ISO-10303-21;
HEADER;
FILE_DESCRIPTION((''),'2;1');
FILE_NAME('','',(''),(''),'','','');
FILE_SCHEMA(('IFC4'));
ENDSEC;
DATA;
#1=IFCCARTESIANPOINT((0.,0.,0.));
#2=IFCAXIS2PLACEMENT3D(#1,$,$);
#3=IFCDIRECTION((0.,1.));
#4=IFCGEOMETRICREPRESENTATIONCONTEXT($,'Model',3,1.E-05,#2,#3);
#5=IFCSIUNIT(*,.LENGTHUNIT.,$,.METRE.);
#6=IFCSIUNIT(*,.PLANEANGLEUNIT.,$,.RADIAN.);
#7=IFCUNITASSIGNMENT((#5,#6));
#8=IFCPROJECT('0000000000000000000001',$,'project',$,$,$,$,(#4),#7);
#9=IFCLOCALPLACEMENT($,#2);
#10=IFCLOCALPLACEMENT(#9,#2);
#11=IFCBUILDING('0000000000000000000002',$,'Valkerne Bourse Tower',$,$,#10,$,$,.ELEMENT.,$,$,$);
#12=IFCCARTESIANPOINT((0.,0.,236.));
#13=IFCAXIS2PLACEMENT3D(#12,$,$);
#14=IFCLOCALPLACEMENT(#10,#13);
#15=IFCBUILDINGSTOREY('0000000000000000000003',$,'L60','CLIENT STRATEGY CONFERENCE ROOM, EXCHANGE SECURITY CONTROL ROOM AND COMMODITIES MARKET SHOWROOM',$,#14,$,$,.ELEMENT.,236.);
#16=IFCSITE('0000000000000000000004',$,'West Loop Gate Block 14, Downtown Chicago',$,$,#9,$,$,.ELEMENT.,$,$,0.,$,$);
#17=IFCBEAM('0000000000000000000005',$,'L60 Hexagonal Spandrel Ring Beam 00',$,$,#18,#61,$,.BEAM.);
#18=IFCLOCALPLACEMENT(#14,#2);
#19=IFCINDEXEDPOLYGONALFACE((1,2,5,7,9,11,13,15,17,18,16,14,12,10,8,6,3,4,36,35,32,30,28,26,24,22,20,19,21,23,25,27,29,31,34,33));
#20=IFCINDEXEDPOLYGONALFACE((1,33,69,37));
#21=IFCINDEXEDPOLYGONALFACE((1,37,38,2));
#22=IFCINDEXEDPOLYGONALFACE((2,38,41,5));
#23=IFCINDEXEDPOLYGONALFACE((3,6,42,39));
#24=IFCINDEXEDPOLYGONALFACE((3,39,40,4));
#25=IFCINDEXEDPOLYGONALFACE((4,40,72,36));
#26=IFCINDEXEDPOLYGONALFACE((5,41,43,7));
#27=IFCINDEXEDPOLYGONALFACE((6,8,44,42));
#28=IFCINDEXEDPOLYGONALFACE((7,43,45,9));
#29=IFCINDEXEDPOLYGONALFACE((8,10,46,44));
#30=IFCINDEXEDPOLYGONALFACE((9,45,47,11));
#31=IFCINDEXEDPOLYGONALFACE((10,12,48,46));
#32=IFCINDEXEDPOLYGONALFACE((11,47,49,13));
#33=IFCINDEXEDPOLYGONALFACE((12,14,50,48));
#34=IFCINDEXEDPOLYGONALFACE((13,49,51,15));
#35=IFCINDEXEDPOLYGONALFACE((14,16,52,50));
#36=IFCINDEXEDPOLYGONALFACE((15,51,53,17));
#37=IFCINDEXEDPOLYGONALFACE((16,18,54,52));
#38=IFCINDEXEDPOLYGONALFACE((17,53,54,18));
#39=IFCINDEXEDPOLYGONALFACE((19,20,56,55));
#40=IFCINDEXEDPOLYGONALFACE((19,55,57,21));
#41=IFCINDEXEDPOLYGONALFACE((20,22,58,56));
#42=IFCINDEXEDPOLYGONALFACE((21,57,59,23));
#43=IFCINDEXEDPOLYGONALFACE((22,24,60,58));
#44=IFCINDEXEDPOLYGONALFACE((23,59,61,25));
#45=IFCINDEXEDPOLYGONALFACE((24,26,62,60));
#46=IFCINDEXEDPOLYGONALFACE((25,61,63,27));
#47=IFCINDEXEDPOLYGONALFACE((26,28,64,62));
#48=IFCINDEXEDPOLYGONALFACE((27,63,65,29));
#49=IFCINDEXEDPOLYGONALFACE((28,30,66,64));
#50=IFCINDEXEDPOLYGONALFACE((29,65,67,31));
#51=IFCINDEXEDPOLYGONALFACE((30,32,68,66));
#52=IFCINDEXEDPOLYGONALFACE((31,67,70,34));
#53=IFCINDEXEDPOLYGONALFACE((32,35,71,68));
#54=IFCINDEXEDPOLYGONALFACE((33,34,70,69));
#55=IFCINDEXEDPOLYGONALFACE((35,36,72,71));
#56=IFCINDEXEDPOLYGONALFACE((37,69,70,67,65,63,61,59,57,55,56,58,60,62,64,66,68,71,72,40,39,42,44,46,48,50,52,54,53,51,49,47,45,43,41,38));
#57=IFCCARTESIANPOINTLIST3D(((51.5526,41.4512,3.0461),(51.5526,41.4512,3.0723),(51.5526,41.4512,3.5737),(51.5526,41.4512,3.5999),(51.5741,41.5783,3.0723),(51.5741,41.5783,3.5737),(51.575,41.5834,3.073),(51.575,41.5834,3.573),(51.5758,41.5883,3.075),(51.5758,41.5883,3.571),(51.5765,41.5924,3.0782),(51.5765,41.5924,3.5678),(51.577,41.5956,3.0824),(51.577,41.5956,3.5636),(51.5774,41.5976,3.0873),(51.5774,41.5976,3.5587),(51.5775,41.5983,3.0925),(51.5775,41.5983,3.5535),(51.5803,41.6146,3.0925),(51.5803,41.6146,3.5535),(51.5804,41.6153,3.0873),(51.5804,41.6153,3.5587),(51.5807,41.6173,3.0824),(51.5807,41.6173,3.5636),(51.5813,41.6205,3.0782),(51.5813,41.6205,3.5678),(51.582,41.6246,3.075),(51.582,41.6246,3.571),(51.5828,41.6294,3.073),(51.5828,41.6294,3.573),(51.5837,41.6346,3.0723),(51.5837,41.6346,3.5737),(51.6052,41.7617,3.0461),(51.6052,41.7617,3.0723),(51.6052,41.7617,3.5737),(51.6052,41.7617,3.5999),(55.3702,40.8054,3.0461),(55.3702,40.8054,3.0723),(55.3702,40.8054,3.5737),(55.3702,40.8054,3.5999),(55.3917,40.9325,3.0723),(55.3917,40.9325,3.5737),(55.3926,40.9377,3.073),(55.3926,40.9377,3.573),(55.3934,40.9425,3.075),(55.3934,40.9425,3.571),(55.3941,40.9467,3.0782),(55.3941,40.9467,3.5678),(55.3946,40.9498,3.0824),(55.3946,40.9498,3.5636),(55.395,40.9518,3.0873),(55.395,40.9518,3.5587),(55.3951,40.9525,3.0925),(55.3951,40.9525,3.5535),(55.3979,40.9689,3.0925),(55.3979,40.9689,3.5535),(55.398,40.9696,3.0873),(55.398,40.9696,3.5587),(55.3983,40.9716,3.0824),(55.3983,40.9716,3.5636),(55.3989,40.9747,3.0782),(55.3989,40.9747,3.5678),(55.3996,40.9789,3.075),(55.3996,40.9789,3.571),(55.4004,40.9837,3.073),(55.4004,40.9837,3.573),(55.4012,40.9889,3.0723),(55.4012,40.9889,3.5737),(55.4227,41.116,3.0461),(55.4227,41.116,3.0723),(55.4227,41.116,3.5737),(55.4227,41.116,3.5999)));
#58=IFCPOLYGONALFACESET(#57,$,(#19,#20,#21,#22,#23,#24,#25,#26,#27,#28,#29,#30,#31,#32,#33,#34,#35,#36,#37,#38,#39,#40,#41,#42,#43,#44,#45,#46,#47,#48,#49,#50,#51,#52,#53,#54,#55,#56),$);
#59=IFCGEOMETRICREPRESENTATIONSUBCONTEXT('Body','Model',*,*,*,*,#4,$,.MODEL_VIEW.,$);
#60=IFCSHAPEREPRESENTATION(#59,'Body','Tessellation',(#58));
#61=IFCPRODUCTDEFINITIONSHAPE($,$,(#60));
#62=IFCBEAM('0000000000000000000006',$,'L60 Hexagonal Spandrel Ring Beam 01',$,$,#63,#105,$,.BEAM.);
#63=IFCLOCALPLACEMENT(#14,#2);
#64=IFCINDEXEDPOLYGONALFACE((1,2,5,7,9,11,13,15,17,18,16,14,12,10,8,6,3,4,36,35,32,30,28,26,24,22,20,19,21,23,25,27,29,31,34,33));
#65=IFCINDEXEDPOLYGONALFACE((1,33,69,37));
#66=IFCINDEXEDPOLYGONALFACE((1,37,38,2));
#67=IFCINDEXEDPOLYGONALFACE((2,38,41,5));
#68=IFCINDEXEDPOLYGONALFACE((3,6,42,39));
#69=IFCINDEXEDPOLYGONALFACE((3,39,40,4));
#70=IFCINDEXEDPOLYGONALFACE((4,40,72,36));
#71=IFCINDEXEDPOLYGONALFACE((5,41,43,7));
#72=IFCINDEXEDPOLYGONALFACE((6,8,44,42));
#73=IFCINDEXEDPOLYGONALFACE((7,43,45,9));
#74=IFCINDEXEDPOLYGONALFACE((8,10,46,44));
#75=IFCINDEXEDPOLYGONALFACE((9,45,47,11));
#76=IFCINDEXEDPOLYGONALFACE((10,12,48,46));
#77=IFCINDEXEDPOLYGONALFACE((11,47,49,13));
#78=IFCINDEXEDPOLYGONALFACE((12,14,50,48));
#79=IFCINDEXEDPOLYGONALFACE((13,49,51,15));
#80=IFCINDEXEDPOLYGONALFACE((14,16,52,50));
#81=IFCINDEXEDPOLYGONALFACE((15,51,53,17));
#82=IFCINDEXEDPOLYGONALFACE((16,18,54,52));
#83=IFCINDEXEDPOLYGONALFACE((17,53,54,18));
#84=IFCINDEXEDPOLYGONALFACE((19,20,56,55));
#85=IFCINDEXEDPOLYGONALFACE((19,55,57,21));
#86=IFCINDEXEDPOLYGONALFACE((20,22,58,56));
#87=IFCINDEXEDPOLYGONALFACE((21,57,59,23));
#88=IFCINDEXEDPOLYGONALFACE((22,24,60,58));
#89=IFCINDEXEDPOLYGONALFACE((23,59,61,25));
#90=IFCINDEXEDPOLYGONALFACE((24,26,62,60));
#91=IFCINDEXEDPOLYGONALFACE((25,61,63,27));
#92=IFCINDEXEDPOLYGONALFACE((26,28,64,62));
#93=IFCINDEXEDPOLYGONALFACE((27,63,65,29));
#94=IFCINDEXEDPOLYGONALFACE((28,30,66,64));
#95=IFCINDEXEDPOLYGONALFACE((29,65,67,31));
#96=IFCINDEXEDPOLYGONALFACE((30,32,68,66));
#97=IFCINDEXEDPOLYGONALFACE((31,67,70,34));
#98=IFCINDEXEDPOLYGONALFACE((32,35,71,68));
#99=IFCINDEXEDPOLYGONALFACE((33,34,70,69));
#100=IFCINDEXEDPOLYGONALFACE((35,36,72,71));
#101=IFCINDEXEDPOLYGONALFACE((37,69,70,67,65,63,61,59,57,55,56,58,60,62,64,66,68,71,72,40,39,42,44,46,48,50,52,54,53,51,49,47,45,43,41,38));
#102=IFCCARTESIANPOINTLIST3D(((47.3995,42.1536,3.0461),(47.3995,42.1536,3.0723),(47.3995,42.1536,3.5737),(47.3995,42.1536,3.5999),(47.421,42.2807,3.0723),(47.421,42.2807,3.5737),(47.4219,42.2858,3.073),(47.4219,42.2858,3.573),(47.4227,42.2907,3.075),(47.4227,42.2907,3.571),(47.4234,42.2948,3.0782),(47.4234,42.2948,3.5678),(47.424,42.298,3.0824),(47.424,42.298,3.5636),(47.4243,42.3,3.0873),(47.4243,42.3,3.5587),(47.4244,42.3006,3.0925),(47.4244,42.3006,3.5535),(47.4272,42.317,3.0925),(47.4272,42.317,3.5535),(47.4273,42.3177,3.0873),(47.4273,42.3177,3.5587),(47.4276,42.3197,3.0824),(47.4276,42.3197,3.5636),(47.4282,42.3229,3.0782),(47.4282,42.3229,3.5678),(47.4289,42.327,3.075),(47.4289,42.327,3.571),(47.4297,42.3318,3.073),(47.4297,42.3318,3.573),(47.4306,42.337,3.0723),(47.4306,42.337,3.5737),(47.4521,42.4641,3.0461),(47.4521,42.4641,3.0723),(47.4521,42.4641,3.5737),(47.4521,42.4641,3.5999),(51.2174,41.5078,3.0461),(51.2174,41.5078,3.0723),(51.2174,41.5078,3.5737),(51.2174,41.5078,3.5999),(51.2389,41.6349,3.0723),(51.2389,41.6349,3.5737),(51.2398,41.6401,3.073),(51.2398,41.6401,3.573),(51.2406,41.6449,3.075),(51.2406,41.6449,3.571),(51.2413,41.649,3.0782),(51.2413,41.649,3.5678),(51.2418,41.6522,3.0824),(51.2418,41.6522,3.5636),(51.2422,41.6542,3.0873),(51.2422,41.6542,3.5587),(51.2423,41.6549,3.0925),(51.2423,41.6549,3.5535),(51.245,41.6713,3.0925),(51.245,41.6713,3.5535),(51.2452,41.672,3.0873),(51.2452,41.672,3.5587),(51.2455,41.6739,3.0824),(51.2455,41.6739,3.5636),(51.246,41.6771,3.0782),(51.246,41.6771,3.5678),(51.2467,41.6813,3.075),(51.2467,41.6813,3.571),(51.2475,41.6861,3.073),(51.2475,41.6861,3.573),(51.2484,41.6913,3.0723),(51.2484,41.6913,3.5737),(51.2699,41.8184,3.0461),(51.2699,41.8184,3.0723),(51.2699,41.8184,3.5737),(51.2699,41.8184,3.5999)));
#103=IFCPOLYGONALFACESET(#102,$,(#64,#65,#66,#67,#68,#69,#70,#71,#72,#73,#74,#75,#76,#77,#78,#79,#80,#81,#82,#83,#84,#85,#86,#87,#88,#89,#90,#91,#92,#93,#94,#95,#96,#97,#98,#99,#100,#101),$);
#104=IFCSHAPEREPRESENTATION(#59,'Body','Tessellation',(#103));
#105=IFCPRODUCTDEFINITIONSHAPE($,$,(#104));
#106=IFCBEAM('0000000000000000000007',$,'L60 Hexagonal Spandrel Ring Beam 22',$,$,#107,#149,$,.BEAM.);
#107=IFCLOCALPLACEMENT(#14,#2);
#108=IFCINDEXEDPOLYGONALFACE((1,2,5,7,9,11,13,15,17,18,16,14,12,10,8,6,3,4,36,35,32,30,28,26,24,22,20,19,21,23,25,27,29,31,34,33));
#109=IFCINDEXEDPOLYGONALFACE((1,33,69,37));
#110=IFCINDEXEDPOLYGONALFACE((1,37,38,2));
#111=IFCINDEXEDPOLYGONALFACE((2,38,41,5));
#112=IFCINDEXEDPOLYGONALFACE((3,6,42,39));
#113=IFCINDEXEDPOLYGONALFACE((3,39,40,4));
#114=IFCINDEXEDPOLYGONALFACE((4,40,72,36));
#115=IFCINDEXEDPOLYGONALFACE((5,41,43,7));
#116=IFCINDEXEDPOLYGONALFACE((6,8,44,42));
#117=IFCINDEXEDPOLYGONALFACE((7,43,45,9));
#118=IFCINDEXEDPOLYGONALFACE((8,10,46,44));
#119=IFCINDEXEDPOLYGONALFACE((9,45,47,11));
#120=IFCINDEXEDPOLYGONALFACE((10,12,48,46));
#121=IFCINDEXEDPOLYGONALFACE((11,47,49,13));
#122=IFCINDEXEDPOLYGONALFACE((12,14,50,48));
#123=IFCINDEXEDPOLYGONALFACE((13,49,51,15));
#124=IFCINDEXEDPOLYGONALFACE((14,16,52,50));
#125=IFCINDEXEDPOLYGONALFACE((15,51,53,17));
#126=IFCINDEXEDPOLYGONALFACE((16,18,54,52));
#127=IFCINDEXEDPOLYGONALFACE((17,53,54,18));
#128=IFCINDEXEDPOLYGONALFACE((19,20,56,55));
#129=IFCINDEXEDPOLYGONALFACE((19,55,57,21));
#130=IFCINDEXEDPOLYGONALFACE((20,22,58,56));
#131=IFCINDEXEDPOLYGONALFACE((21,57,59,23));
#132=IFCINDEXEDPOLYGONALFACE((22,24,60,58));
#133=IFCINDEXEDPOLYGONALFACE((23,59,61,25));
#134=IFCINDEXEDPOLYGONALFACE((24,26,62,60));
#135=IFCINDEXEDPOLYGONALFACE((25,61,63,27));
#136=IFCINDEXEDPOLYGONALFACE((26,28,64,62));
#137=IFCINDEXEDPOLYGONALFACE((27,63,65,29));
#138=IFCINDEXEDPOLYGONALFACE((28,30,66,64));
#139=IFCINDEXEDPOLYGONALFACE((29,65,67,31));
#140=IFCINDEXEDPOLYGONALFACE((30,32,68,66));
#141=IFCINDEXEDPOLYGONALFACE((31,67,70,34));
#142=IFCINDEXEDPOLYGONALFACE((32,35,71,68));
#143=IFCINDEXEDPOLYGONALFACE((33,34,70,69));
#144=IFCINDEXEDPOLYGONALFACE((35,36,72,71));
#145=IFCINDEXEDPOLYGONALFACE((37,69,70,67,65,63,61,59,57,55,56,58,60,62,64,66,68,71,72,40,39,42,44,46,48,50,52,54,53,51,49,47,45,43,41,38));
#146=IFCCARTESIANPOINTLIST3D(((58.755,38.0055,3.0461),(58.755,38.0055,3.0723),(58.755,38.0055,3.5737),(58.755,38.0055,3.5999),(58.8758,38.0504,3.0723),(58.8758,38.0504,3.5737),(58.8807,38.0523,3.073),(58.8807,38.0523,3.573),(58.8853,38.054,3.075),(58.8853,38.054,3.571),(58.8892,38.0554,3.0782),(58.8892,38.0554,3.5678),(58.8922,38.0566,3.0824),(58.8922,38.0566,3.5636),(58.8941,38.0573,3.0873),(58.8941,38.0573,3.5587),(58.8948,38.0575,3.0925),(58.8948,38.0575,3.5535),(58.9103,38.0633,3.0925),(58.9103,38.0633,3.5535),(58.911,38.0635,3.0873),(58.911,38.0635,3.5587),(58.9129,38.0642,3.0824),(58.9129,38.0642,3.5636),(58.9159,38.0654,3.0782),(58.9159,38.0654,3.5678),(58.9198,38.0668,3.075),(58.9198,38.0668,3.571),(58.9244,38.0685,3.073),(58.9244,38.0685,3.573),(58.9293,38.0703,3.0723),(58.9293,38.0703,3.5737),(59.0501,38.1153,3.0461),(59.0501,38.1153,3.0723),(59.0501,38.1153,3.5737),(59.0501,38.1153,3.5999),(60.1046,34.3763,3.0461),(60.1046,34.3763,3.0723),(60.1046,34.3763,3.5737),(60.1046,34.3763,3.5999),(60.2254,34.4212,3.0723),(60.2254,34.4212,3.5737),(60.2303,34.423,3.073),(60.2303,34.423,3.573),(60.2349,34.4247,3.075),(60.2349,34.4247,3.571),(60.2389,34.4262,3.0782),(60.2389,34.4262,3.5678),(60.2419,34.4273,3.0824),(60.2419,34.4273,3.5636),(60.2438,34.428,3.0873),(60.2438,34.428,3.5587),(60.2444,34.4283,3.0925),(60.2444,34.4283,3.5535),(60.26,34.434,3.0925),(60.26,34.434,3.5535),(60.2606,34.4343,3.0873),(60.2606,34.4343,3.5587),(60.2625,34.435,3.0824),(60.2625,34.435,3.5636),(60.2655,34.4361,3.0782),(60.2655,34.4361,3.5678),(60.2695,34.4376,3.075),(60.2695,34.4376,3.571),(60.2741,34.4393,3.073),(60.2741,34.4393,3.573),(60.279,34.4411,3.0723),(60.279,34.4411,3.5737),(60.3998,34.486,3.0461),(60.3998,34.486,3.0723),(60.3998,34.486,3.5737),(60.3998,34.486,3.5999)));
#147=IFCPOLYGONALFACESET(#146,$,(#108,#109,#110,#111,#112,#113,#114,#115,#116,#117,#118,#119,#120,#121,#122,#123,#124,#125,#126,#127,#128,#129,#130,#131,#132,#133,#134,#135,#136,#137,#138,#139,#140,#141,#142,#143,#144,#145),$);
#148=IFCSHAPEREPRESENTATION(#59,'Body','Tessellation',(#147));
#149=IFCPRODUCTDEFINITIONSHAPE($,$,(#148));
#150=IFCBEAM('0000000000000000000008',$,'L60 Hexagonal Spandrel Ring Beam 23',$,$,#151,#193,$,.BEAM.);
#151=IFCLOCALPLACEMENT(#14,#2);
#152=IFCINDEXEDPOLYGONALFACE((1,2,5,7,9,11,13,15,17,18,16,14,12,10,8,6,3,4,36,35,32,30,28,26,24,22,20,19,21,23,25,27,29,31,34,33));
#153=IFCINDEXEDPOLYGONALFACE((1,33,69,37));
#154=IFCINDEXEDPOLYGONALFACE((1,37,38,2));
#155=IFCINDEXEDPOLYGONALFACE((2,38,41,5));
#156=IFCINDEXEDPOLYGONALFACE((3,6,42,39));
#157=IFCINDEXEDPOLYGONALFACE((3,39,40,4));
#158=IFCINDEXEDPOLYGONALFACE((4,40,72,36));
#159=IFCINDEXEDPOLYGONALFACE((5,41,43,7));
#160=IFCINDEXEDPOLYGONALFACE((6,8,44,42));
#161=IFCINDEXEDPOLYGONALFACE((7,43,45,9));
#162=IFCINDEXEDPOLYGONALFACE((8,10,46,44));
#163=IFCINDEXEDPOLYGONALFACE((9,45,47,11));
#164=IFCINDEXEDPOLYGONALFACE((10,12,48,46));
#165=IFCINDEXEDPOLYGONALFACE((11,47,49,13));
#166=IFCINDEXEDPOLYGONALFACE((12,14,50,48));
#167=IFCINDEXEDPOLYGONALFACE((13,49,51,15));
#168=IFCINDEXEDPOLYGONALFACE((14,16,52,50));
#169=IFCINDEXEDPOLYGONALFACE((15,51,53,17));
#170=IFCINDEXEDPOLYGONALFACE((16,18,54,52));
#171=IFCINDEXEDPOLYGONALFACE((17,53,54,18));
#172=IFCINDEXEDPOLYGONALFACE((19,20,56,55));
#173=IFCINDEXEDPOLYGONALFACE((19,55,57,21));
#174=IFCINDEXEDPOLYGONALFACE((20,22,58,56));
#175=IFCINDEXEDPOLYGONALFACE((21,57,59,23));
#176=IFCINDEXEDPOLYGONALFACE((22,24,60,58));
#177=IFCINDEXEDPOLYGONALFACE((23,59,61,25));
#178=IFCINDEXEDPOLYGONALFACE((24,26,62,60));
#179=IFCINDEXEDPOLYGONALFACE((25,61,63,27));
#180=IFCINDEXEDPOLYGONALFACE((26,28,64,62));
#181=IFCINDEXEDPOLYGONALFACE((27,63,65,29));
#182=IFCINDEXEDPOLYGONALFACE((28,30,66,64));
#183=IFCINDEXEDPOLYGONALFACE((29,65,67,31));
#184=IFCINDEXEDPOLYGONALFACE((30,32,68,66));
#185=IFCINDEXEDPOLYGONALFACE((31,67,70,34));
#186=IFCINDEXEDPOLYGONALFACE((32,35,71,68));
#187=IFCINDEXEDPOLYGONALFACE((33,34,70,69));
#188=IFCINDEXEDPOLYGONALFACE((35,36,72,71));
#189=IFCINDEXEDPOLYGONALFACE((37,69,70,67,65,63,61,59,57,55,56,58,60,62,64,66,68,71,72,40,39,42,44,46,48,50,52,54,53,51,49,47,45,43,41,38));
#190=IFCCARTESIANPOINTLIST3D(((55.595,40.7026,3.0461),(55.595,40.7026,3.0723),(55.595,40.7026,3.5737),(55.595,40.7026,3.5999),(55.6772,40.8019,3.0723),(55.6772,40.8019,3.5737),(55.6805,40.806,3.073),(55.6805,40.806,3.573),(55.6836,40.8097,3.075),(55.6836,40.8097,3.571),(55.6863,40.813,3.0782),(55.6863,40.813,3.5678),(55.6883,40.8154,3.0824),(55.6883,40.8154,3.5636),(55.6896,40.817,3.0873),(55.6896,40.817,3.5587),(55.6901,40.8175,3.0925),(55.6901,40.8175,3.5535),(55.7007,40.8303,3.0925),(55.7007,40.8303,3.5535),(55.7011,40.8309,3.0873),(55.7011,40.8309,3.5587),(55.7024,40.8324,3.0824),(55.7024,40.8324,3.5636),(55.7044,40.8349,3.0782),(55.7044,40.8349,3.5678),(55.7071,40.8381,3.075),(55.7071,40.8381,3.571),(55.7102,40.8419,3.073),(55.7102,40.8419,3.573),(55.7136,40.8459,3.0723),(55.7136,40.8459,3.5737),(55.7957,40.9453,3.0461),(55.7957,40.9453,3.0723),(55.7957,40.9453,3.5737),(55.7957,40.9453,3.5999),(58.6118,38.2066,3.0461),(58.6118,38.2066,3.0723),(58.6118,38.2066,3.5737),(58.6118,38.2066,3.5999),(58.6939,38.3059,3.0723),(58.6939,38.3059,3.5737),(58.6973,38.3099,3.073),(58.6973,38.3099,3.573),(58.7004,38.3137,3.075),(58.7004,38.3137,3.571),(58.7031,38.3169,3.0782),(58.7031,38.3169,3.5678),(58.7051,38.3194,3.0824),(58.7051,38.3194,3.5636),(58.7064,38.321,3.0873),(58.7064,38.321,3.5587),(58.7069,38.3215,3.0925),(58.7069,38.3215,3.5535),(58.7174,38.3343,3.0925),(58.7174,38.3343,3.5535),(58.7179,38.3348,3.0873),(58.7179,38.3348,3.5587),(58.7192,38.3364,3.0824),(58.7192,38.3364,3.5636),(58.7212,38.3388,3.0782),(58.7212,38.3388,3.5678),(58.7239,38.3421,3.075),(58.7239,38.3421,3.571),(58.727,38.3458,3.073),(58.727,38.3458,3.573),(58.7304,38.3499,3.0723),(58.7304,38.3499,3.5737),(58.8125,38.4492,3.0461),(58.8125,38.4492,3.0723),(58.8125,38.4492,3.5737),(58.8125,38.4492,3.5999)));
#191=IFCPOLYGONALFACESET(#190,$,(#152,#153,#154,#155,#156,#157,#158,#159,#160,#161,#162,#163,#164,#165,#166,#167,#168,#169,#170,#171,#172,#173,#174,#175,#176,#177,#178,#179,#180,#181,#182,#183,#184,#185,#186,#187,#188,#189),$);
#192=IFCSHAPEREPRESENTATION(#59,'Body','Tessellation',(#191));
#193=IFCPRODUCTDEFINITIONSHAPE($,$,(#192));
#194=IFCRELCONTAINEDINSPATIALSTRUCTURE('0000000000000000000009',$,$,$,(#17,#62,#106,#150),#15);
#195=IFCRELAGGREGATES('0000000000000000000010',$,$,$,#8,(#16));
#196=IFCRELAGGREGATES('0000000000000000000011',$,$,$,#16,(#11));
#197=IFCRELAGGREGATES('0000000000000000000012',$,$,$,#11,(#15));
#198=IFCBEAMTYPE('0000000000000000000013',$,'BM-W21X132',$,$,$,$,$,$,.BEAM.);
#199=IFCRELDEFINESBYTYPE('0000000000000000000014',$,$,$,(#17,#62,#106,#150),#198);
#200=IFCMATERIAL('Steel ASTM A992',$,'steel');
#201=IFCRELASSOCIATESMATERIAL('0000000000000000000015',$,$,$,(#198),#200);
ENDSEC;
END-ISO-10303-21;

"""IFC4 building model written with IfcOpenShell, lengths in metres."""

from ifc_helpers import new_model, si_unit, direction, frame, origin, origin_2d, place, context, subcontext, project, spatial, i_section, extrude, material, material_profile, profile_set, type_object, element, save


model = new_model("IFC4")

# Units and contexts
model_context = context("Model", 3, precision=1e-05, world=origin(), true_north=direction((0.0, 1.0)))
body_context = subcontext(model_context, "Body", "Model", "MODEL_VIEW")
ifc_project = project(units=[si_unit("LENGTHUNIT", "METRE"), si_unit("PLANEANGLEUNIT", "RADIAN")], contexts=[model_context])

# Site, building, storey
site_placement = place(None, origin())
site = spatial("IfcSite", under=ifc_project, at=site_placement, Name="West Loop Gate Block 14, Downtown Chicago", CompositionType="ELEMENT", RefElevation=0.0)
building_placement = place(site_placement, origin())
building = spatial("IfcBuilding", under=site, at=building_placement, Name="Valkerne Bourse Tower", CompositionType="ELEMENT")
storey_placement = place(building_placement, frame((0.0, 0.0, 236.0)))
storey = spatial("IfcBuildingStorey", under=building, at=storey_placement, Name="L60", Description="CLIENT STRATEGY CONFERENCE ROOM, EXCHANGE SECURITY CONTROL ROOM AND COMMODITIES MARKET SHOWROOM", CompositionType="ELEMENT", Elevation=236.0)

# Beams
ifc_material_1 = material(Name="Steel ASTM A992", Category="steel")
ifc_material_profile_1 = material_profile(ifc_material_1, i_section(OverallWidth=0.3149, OverallDepth=0.5537, WebThickness=0.0166, FlangeThickness=0.0261, FilletRadius=0.0203, at=origin_2d()), Name="W21X132")
ifc_profile_set_1 = profile_set([ifc_material_profile_1], Name="Steel ASTM A992")
beam_type = type_object("IfcBeamType", Name="BM-W21X132", PredefinedType="BEAM", material=ifc_profile_set_1)
beam_1_placement = place(storey_placement, frame((55.3965, 40.9607, 3.323), z_axis=(-0.985994, 0.166781, 0.0), x_axis=(-0.166781, -0.985994, 0.0)))
element("IfcBeam", 1, at=beam_1_placement, inside=storey, type_object=beam_type, Name="L60 Hexagonal Spandrel Ring Beam 00", PredefinedType="BEAM", context=body_context, shape_type="SweptSolid", body=[
    extrude(i_section(OverallWidth=0.3149, OverallDepth=0.5537, WebThickness=0.0166, FlangeThickness=0.0261, FilletRadius=0.0203, at=origin_2d()), origin(), (0.0, 0.0, 1.0), 3.8718),
])
for number, where, z_axis, x_axis, name in (
    (2, (51.2437, 41.6631, 3.323), (-0.985996, 0.166771, 0.0), (-0.166771, -0.985996, 0.0), "L60 Hexagonal Spandrel Ring Beam 01"),
    (3, (60.2522, 34.4312, 3.323), (-0.348559, 0.937287, 0.0), (-0.937287, -0.348559, 0.0), "L60 Hexagonal Spandrel Ring Beam 22"),
):
    element("IfcBeam", number, at=place(storey_placement, frame(where, z_axis=z_axis, x_axis=x_axis)), inside=storey, type_object=beam_type, Name=name, PredefinedType="BEAM", context=body_context, shape_type="SweptSolid", body=[
        extrude(i_section(OverallWidth=0.3149, OverallDepth=0.5537, WebThickness=0.0166, FlangeThickness=0.0261, FilletRadius=0.0203, at=origin_2d()), origin(), (0.0, 0.0, 1.0), 3.8721),
    ])
beam_2_placement = place(storey_placement, frame((58.7122, 38.3279, 3.323), z_axis=(-0.77047, 0.637476, 0.0), x_axis=(-0.637476, -0.77047, 0.0)))
element("IfcBeam", 4, at=beam_2_placement, inside=storey, type_object=beam_type, Name="L60 Hexagonal Spandrel Ring Beam 23", PredefinedType="BEAM", context=body_context, shape_type="SweptSolid", body=[
    extrude(i_section(OverallWidth=0.3149, OverallDepth=0.5537, WebThickness=0.0166, FlangeThickness=0.0261, FilletRadius=0.0203, at=origin_2d()), origin(), (0.0, 0.0, 1.0), 3.9155),
])

save(model, "model.ifc")
